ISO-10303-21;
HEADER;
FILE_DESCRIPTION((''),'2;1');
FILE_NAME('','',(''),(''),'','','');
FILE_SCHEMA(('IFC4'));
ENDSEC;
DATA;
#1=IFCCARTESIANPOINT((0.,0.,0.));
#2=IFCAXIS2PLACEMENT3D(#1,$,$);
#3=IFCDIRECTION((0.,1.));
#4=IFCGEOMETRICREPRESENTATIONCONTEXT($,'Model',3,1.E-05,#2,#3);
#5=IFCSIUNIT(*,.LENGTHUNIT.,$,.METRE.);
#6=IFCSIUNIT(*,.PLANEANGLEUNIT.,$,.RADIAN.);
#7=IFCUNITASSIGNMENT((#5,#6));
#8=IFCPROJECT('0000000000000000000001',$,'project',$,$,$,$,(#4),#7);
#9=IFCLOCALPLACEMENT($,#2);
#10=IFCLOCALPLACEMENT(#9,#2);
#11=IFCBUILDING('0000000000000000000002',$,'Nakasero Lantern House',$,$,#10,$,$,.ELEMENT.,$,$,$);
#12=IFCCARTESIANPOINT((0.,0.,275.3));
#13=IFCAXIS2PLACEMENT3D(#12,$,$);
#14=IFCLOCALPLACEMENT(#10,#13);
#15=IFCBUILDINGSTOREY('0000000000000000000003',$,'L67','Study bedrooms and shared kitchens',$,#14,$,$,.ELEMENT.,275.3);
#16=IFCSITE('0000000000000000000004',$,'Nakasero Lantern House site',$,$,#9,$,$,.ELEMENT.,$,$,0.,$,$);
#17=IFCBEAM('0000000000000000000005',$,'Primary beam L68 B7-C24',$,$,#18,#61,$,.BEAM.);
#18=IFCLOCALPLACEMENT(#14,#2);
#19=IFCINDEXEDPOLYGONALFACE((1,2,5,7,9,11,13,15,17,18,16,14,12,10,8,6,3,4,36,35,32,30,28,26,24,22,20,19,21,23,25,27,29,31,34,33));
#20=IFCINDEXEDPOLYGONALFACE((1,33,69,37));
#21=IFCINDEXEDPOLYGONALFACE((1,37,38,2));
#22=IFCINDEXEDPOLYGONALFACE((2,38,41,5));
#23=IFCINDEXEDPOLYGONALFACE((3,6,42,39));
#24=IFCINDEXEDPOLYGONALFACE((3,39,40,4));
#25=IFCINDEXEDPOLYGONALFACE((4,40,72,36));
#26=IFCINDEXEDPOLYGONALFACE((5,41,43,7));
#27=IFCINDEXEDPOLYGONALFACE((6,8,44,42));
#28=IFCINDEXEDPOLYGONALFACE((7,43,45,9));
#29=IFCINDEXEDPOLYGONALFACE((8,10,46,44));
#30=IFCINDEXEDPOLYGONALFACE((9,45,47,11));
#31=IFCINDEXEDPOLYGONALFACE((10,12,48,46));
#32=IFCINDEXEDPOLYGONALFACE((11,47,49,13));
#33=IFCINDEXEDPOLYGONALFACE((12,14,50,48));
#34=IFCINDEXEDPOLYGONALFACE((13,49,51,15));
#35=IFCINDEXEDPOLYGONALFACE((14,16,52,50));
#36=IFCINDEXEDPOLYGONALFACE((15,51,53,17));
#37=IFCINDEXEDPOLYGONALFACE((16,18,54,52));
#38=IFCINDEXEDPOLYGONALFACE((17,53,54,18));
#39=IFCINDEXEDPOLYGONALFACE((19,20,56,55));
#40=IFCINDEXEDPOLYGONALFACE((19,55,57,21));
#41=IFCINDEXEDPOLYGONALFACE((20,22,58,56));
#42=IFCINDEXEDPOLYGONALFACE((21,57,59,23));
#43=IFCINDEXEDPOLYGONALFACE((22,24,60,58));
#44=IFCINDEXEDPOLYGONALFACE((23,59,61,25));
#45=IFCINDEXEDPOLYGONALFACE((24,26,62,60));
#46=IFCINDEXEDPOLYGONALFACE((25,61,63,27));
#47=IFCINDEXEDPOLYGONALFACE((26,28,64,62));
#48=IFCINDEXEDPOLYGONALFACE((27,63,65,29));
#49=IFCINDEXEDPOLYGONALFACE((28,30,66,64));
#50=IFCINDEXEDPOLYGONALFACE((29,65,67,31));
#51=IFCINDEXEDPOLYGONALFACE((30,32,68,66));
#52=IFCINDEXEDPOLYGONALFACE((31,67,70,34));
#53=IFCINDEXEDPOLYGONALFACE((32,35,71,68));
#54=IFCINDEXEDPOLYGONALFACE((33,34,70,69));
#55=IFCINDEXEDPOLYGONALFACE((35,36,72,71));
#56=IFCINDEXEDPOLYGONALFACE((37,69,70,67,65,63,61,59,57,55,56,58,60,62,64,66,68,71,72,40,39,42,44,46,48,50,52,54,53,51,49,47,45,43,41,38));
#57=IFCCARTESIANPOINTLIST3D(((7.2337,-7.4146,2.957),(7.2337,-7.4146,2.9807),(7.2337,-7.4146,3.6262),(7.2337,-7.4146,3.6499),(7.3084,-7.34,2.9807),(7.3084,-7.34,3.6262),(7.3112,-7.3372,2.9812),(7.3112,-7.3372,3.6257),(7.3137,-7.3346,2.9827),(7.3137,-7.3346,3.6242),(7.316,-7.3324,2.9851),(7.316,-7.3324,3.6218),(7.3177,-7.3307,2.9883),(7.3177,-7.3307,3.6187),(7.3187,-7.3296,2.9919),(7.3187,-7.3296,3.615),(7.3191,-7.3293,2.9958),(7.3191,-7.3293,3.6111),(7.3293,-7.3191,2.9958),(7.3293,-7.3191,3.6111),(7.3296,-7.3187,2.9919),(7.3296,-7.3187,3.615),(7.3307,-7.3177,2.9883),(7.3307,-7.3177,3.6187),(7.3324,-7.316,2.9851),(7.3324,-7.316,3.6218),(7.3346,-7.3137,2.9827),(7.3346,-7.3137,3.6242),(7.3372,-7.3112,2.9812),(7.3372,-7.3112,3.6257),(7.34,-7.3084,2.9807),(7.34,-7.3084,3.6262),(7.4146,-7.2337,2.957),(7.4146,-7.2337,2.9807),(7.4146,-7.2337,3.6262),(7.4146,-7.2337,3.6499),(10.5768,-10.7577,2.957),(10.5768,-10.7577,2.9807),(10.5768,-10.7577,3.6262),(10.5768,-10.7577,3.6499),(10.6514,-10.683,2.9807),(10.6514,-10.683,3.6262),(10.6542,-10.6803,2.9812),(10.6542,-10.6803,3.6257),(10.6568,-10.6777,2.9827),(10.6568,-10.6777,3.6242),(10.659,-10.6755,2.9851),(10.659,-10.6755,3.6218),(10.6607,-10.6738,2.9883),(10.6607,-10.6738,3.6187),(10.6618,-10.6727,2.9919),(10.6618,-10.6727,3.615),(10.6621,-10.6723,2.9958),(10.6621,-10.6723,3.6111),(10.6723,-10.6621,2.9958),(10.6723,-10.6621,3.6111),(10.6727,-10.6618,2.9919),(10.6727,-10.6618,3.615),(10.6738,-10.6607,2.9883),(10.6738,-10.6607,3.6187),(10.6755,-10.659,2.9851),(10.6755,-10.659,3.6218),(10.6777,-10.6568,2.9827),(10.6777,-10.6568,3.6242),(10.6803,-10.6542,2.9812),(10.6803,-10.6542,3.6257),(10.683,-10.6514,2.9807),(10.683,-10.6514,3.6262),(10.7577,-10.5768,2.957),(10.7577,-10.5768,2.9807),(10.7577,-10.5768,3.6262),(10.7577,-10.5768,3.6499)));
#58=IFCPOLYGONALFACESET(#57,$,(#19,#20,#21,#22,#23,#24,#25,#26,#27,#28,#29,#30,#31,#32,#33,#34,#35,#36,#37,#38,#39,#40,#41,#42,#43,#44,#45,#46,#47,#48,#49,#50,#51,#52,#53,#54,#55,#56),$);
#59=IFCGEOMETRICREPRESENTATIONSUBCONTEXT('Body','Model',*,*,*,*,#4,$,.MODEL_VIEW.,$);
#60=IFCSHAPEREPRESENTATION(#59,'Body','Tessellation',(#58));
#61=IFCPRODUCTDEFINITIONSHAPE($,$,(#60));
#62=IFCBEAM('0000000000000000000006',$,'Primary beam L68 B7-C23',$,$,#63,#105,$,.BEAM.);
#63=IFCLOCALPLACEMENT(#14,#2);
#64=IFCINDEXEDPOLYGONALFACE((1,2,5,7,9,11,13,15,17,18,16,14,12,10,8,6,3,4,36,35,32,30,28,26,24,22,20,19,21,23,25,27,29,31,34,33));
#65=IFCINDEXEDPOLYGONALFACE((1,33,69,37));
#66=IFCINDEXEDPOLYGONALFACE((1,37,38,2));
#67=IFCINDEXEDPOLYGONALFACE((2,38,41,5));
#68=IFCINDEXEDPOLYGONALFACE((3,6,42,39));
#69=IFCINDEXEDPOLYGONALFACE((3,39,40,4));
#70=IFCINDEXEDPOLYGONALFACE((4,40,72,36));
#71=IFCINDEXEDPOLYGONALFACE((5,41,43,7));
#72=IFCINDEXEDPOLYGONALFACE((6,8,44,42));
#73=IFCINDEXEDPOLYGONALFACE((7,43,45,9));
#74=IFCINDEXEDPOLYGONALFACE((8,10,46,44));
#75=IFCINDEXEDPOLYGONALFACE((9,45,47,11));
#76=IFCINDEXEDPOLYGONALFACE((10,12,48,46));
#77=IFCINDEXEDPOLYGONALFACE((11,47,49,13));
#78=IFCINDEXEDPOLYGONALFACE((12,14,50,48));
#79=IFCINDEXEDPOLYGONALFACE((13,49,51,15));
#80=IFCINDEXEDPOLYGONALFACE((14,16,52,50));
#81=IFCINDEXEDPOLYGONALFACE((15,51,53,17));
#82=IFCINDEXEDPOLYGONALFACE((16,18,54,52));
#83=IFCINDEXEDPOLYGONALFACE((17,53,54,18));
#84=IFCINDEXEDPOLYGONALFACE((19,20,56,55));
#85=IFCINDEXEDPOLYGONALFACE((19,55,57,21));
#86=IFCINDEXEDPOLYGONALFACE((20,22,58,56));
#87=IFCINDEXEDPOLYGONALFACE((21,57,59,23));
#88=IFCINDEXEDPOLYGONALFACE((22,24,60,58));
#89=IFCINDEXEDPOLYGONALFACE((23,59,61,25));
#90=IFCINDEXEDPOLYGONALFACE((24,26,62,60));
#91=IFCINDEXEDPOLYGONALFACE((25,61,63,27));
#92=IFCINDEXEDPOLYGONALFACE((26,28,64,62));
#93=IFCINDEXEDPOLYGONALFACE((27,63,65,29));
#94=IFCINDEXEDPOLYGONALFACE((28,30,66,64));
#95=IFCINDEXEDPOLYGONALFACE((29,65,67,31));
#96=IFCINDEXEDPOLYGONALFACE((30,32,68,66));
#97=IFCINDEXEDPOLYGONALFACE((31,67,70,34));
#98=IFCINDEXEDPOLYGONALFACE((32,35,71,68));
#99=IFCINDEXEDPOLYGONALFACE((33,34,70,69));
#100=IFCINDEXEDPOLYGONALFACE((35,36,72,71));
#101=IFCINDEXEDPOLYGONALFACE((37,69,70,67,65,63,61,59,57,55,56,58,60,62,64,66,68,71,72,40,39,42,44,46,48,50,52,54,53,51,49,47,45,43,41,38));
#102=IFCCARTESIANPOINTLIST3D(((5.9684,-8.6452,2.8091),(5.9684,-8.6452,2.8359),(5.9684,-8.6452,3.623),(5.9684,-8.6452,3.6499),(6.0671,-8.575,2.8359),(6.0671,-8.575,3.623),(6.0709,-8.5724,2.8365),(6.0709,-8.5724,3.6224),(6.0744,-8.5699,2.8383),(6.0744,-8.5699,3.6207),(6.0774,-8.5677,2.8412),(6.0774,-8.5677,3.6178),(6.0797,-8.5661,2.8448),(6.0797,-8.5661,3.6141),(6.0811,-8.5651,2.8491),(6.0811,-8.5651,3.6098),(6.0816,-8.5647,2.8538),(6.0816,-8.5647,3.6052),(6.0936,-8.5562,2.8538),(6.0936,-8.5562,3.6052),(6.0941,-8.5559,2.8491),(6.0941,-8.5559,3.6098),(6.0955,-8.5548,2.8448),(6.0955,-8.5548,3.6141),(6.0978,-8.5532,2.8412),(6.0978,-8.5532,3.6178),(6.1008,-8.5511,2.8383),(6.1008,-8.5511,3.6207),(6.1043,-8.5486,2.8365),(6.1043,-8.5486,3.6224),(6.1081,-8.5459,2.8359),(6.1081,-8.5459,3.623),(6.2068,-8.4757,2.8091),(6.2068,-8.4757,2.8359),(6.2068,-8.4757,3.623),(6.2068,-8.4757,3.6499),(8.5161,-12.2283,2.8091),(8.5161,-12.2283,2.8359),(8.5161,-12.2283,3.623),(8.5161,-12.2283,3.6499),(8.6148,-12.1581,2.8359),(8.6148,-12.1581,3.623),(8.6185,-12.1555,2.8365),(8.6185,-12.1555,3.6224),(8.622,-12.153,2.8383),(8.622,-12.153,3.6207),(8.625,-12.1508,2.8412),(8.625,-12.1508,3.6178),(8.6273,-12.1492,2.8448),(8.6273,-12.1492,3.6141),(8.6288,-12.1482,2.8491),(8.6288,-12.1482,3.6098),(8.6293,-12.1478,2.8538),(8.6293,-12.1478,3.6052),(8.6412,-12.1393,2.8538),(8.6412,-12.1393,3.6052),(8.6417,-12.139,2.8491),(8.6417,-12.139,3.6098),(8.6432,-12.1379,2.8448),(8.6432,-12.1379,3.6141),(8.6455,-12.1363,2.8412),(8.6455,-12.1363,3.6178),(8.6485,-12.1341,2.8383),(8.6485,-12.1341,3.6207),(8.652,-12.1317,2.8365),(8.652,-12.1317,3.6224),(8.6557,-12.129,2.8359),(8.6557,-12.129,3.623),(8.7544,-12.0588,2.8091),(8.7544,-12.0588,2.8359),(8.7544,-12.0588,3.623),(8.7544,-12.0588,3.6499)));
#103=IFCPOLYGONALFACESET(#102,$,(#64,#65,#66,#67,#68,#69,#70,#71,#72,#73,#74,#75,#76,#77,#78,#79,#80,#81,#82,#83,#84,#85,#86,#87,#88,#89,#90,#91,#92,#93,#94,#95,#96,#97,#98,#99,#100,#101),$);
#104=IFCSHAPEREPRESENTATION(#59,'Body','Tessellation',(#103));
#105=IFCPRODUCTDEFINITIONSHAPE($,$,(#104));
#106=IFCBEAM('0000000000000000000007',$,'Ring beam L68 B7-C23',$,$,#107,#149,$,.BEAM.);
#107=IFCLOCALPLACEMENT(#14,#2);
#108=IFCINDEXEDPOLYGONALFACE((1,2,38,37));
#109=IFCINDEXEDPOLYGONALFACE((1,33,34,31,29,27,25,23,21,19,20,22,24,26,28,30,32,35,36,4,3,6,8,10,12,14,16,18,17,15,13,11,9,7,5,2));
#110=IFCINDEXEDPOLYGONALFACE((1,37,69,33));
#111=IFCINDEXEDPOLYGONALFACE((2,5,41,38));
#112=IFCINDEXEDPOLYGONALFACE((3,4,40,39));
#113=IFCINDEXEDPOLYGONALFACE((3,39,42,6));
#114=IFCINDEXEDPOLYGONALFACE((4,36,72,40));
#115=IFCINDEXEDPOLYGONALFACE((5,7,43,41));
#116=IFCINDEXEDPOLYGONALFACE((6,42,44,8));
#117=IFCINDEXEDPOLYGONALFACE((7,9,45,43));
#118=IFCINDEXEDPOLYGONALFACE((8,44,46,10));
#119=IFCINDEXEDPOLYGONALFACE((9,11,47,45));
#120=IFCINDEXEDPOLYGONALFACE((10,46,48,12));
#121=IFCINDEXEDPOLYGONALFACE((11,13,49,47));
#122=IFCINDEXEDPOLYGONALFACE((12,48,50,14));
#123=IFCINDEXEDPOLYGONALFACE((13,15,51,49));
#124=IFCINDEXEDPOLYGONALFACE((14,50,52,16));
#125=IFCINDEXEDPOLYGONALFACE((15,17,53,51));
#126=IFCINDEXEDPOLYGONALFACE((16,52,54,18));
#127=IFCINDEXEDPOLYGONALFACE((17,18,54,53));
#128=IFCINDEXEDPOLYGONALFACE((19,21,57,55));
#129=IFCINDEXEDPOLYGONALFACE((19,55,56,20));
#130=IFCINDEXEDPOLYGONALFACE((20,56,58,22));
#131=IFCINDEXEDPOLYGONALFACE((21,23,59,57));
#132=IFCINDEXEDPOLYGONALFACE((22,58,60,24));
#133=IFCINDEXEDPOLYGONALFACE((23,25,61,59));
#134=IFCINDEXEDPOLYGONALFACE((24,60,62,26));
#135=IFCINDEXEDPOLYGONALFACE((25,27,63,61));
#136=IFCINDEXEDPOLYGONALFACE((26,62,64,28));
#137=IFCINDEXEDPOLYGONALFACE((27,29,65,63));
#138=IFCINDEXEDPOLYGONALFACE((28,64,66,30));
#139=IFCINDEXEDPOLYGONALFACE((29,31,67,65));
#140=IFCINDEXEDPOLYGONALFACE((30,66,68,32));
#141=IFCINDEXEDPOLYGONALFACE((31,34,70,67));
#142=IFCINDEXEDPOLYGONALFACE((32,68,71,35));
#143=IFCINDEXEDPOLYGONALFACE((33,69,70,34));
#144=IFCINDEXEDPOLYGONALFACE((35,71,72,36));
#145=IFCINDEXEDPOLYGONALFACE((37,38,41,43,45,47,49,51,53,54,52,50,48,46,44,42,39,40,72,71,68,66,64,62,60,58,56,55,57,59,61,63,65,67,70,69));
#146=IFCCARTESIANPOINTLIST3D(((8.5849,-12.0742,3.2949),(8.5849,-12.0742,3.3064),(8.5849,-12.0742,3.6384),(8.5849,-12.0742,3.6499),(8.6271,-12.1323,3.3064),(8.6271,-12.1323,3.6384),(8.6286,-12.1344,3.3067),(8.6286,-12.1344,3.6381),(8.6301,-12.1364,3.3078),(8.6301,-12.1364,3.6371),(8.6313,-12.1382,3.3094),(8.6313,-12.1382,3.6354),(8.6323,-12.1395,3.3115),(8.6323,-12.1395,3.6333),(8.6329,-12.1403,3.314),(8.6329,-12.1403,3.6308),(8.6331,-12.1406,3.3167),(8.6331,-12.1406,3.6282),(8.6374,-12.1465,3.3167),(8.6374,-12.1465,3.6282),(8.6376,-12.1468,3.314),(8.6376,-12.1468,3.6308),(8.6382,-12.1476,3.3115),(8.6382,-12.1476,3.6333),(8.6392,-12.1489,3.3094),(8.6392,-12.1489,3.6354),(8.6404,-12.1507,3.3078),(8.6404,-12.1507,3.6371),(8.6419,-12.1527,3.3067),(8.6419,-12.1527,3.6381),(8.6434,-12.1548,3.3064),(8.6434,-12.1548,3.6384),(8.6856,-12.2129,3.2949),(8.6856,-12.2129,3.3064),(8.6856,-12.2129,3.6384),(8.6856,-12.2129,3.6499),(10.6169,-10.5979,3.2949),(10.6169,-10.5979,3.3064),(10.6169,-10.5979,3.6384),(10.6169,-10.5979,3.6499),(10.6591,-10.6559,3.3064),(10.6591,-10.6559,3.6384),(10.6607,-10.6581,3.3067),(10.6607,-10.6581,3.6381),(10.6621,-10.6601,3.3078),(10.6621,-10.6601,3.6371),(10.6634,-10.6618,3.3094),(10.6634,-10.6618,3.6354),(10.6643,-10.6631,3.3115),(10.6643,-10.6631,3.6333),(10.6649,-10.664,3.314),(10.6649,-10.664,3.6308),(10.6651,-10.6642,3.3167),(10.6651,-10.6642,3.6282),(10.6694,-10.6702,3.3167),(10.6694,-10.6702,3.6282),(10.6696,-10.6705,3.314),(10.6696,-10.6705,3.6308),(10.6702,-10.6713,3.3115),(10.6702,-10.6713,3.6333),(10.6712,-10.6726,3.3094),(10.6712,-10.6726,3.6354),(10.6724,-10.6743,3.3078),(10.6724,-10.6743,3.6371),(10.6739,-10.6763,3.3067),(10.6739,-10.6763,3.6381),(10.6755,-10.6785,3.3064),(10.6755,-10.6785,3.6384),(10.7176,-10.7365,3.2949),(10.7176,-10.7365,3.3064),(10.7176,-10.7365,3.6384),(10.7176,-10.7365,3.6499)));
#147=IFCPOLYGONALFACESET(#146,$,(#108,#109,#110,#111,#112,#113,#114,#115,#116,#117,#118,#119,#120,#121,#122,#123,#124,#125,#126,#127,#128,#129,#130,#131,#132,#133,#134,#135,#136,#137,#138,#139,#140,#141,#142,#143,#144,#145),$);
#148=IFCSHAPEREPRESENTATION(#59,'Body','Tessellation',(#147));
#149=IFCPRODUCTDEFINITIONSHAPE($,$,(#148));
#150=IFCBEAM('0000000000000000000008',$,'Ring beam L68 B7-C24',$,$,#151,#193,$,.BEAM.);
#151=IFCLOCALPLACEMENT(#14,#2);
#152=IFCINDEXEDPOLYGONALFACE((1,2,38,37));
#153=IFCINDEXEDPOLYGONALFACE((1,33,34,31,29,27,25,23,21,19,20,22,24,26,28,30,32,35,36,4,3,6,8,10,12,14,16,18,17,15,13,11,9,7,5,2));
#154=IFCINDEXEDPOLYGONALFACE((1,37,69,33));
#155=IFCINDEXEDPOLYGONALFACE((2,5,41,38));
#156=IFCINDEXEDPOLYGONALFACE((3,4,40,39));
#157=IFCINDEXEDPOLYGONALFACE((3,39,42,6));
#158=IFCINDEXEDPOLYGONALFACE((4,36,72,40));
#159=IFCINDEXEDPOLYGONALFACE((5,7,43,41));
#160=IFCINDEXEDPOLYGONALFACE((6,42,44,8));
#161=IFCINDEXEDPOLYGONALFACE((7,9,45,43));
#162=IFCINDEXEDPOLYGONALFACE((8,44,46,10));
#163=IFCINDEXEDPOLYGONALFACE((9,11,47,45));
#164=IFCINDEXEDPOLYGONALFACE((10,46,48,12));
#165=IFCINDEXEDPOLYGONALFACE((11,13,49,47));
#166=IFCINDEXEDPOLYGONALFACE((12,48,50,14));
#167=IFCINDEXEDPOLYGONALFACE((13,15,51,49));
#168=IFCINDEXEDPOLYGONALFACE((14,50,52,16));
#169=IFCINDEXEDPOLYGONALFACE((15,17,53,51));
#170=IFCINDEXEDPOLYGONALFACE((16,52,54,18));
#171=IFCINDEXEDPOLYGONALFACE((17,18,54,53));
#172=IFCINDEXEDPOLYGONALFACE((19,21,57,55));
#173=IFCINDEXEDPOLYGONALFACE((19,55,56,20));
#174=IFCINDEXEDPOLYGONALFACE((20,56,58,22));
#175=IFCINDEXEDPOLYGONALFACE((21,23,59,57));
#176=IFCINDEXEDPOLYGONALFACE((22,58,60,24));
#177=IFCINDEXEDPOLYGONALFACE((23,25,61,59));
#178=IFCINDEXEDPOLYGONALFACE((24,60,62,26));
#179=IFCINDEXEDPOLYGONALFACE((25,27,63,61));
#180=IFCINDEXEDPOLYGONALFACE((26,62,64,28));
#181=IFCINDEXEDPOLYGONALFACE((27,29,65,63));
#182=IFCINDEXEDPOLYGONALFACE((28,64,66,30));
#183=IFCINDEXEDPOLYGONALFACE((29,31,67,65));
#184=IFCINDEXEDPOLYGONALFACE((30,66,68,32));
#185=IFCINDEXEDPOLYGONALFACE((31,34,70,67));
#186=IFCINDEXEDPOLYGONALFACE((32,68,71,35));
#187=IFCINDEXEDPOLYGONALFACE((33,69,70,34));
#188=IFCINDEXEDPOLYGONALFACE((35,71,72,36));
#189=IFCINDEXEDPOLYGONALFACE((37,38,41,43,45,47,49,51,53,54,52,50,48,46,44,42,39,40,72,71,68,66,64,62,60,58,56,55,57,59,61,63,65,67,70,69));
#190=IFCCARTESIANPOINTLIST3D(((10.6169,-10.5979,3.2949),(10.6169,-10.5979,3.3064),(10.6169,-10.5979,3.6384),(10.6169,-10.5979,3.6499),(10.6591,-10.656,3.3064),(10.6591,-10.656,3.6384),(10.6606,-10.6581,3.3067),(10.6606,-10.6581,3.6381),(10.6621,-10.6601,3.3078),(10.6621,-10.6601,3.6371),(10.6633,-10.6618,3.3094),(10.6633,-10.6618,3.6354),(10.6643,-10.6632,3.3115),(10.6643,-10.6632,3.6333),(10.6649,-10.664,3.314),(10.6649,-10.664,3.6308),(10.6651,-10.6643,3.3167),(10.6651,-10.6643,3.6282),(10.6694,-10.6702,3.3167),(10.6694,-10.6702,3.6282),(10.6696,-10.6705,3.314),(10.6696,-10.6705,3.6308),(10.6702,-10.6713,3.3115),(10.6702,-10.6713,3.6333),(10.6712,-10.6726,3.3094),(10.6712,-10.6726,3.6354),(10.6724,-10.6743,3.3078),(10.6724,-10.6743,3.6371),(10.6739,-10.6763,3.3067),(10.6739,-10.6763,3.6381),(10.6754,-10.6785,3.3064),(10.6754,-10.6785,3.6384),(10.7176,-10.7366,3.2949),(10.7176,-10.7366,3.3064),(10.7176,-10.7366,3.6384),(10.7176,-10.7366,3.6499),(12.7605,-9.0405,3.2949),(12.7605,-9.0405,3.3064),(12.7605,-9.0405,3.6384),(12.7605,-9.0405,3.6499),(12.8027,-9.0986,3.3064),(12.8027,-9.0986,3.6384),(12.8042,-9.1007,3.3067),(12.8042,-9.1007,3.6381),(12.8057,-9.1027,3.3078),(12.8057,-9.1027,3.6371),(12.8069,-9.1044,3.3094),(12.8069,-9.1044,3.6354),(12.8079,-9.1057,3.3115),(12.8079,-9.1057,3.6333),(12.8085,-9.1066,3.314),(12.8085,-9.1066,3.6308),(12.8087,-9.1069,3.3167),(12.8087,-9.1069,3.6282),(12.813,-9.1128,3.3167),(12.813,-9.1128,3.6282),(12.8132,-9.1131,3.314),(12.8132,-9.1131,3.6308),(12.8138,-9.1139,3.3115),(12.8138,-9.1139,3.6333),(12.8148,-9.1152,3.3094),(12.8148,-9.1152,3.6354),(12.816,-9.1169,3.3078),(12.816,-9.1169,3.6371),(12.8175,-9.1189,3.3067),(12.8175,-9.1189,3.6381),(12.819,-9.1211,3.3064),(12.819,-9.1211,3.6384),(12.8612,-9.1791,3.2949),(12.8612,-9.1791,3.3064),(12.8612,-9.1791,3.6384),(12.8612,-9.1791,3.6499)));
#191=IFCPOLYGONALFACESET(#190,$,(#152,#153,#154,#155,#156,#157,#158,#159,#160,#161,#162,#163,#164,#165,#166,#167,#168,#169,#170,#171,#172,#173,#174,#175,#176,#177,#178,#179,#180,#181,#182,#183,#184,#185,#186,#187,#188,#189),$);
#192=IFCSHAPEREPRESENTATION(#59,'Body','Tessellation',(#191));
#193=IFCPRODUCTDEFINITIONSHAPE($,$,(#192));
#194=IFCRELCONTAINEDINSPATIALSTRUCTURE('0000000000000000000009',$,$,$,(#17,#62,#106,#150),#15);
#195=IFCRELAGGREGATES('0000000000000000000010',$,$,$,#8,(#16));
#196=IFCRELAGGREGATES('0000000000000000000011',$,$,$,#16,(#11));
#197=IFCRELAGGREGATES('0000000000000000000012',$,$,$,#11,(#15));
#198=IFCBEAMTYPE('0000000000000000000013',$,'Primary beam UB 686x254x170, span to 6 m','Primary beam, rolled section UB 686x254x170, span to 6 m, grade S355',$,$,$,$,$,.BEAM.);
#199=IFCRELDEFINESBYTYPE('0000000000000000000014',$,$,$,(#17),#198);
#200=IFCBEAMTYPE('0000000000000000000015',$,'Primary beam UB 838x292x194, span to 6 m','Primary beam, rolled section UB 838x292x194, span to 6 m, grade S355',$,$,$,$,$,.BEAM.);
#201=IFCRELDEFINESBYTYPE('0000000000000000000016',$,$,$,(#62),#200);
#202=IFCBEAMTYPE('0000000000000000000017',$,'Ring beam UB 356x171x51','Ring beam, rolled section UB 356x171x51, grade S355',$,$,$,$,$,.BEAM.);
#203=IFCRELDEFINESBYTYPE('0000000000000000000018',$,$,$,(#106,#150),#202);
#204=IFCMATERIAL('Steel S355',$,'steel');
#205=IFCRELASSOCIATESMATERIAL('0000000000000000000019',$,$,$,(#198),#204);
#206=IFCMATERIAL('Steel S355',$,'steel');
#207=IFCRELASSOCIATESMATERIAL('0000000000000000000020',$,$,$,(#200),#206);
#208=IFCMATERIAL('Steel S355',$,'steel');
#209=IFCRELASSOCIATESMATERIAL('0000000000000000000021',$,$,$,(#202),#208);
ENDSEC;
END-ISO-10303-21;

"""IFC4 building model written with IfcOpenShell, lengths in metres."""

from ifc_helpers import new_model, si_unit, direction, frame, origin, origin_2d, place, context, subcontext, project, spatial, i_section, extrude, material, material_profile, profile_set, type_object, element, save


model = new_model("IFC4")

# Units and contexts
model_context = context("Model", 3, precision=1e-05, world=origin(), true_north=direction((0.0, 1.0)))
body_context = subcontext(model_context, "Body", "Model", "MODEL_VIEW")
ifc_project = project(units=[si_unit("LENGTHUNIT", "METRE"), si_unit("PLANEANGLEUNIT", "RADIAN")], contexts=[model_context])

# Site, building, storey
site_placement = place(None, origin())
site = spatial("IfcSite", under=ifc_project, at=site_placement, Name="Nakasero Lantern House site", CompositionType="ELEMENT", RefElevation=0.0)
building_placement = place(site_placement, origin())
building = spatial("IfcBuilding", under=site, at=building_placement, Name="Nakasero Lantern House", CompositionType="ELEMENT")
storey_placement = place(building_placement, frame((0.0, 0.0, 275.3)))
storey = spatial("IfcBuildingStorey", under=building, at=storey_placement, Name="L67", Description="Study bedrooms and shared kitchens", CompositionType="ELEMENT", Elevation=275.3)

# Beams
ifc_material_1 = material(Name="Steel S355", Category="steel")
ifc_material_profile_1 = material_profile(ifc_material_1, i_section(OverallWidth=0.2559, OverallDepth=0.6929, WebThickness=0.0144, FlangeThickness=0.0237, FilletRadius=0.0151, at=origin_2d()), Name="UB 686x254x170")
ifc_profile_set_1 = profile_set([ifc_material_profile_1], Name="Steel S355")
beam_type_1 = type_object("IfcBeamType", Name="Primary beam UB 686x254x170, span to 6 m", Description="Primary beam, rolled section UB 686x254x170, span to 6 m, grade S355", PredefinedType="BEAM", material=ifc_profile_set_1)
beam_1_placement = place(storey_placement, frame((10.6672, -10.6672, 3.3035), z_axis=(-0.707107, 0.707107, 0.0), x_axis=(-0.707107, -0.707107, 0.0)))
element("IfcBeam", 1, at=beam_1_placement, inside=storey, type_object=beam_type_1, Name="Primary beam L68 B7-C24", PredefinedType="BEAM", context=body_context, shape_type="SweptSolid", body=[
    extrude(i_section(OverallWidth=0.2559, OverallDepth=0.6929, WebThickness=0.0144, FlangeThickness=0.0237, FilletRadius=0.0151, at=origin_2d()), origin(), (0.0, 0.0, 1.0), 4.7278),
])
ifc_material_2 = material(Name="Steel S355", Category="steel")
ifc_material_profile_2 = material_profile(ifc_material_2, i_section(OverallWidth=0.2925, OverallDepth=0.8408, WebThickness=0.0146, FlangeThickness=0.0269, FilletRadius=0.0178, at=origin_2d()), Name="UB 838x292x194")
ifc_profile_set_2 = profile_set([ifc_material_profile_2], Name="Steel S355")
beam_type_2 = type_object("IfcBeamType", Name="Primary beam UB 838x292x194, span to 6 m", Description="Primary beam, rolled section UB 838x292x194, span to 6 m, grade S355", PredefinedType="BEAM", material=ifc_profile_set_2)
beam_2_placement = place(storey_placement, frame((8.6353, -12.1436, 3.2295), z_axis=(-0.579477, 0.814989, 0.0), x_axis=(-0.814989, -0.579477, 0.0)))
element("IfcBeam", 2, at=beam_2_placement, inside=storey, type_object=beam_type_2, Name="Primary beam L68 B7-C23", PredefinedType="BEAM", context=body_context, shape_type="SweptSolid", body=[
    extrude(i_section(OverallWidth=0.2925, OverallDepth=0.8408, WebThickness=0.0146, FlangeThickness=0.0269, FilletRadius=0.0178, at=origin_2d()), origin(), (0.0, 0.0, 1.0), 4.3965),
])
ifc_material_3 = material(Name="Steel S355", Category="steel")
ifc_material_profile_3 = material_profile(ifc_material_3, i_section(OverallWidth=0.1714, OverallDepth=0.355, WebThickness=0.0073, FlangeThickness=0.0115, FilletRadius=0.0103, at=origin_2d()), Name="UB 356x171x51")
ifc_profile_set_3 = profile_set([ifc_material_profile_3], Name="Steel S355")
beam_type_3 = type_object("IfcBeamType", Name="Ring beam UB 356x171x51", Description="Ring beam, rolled section UB 356x171x51, grade S355", PredefinedType="BEAM", material=ifc_profile_set_3)
beam_3_placement = place(storey_placement, frame((8.6353, -12.1436, 3.4724), z_axis=(0.809018, 0.587784, 0.0), x_axis=(-0.587784, 0.809018, 0.0)))
element("IfcBeam", 3, at=beam_3_placement, inside=storey, type_object=beam_type_3, Name="Ring beam L68 B7-C23", PredefinedType="BEAM", context=body_context, shape_type="SweptSolid", body=[
    extrude(i_section(OverallWidth=0.1714, OverallDepth=0.355, WebThickness=0.0073, FlangeThickness=0.0115, FilletRadius=0.0103, at=origin_2d()), origin(), (0.0, 0.0, 1.0), 2.5117),
])
beam_4_placement = place(storey_placement, frame((10.6672, -10.6672, 3.4724), z_axis=(0.809019, 0.587783, 0.0), x_axis=(-0.587783, 0.809019, 0.0)))
element("IfcBeam", 4, at=beam_4_placement, inside=storey, type_object=beam_type_3, Name="Ring beam L68 B7-C24", PredefinedType="BEAM", context=body_context, shape_type="SweptSolid", body=[
    extrude(i_section(OverallWidth=0.1714, OverallDepth=0.355, WebThickness=0.0073, FlangeThickness=0.0115, FilletRadius=0.0103, at=origin_2d()), origin(), (0.0, 0.0, 1.0), 2.6497),
])

save(model, "model.ifc")
